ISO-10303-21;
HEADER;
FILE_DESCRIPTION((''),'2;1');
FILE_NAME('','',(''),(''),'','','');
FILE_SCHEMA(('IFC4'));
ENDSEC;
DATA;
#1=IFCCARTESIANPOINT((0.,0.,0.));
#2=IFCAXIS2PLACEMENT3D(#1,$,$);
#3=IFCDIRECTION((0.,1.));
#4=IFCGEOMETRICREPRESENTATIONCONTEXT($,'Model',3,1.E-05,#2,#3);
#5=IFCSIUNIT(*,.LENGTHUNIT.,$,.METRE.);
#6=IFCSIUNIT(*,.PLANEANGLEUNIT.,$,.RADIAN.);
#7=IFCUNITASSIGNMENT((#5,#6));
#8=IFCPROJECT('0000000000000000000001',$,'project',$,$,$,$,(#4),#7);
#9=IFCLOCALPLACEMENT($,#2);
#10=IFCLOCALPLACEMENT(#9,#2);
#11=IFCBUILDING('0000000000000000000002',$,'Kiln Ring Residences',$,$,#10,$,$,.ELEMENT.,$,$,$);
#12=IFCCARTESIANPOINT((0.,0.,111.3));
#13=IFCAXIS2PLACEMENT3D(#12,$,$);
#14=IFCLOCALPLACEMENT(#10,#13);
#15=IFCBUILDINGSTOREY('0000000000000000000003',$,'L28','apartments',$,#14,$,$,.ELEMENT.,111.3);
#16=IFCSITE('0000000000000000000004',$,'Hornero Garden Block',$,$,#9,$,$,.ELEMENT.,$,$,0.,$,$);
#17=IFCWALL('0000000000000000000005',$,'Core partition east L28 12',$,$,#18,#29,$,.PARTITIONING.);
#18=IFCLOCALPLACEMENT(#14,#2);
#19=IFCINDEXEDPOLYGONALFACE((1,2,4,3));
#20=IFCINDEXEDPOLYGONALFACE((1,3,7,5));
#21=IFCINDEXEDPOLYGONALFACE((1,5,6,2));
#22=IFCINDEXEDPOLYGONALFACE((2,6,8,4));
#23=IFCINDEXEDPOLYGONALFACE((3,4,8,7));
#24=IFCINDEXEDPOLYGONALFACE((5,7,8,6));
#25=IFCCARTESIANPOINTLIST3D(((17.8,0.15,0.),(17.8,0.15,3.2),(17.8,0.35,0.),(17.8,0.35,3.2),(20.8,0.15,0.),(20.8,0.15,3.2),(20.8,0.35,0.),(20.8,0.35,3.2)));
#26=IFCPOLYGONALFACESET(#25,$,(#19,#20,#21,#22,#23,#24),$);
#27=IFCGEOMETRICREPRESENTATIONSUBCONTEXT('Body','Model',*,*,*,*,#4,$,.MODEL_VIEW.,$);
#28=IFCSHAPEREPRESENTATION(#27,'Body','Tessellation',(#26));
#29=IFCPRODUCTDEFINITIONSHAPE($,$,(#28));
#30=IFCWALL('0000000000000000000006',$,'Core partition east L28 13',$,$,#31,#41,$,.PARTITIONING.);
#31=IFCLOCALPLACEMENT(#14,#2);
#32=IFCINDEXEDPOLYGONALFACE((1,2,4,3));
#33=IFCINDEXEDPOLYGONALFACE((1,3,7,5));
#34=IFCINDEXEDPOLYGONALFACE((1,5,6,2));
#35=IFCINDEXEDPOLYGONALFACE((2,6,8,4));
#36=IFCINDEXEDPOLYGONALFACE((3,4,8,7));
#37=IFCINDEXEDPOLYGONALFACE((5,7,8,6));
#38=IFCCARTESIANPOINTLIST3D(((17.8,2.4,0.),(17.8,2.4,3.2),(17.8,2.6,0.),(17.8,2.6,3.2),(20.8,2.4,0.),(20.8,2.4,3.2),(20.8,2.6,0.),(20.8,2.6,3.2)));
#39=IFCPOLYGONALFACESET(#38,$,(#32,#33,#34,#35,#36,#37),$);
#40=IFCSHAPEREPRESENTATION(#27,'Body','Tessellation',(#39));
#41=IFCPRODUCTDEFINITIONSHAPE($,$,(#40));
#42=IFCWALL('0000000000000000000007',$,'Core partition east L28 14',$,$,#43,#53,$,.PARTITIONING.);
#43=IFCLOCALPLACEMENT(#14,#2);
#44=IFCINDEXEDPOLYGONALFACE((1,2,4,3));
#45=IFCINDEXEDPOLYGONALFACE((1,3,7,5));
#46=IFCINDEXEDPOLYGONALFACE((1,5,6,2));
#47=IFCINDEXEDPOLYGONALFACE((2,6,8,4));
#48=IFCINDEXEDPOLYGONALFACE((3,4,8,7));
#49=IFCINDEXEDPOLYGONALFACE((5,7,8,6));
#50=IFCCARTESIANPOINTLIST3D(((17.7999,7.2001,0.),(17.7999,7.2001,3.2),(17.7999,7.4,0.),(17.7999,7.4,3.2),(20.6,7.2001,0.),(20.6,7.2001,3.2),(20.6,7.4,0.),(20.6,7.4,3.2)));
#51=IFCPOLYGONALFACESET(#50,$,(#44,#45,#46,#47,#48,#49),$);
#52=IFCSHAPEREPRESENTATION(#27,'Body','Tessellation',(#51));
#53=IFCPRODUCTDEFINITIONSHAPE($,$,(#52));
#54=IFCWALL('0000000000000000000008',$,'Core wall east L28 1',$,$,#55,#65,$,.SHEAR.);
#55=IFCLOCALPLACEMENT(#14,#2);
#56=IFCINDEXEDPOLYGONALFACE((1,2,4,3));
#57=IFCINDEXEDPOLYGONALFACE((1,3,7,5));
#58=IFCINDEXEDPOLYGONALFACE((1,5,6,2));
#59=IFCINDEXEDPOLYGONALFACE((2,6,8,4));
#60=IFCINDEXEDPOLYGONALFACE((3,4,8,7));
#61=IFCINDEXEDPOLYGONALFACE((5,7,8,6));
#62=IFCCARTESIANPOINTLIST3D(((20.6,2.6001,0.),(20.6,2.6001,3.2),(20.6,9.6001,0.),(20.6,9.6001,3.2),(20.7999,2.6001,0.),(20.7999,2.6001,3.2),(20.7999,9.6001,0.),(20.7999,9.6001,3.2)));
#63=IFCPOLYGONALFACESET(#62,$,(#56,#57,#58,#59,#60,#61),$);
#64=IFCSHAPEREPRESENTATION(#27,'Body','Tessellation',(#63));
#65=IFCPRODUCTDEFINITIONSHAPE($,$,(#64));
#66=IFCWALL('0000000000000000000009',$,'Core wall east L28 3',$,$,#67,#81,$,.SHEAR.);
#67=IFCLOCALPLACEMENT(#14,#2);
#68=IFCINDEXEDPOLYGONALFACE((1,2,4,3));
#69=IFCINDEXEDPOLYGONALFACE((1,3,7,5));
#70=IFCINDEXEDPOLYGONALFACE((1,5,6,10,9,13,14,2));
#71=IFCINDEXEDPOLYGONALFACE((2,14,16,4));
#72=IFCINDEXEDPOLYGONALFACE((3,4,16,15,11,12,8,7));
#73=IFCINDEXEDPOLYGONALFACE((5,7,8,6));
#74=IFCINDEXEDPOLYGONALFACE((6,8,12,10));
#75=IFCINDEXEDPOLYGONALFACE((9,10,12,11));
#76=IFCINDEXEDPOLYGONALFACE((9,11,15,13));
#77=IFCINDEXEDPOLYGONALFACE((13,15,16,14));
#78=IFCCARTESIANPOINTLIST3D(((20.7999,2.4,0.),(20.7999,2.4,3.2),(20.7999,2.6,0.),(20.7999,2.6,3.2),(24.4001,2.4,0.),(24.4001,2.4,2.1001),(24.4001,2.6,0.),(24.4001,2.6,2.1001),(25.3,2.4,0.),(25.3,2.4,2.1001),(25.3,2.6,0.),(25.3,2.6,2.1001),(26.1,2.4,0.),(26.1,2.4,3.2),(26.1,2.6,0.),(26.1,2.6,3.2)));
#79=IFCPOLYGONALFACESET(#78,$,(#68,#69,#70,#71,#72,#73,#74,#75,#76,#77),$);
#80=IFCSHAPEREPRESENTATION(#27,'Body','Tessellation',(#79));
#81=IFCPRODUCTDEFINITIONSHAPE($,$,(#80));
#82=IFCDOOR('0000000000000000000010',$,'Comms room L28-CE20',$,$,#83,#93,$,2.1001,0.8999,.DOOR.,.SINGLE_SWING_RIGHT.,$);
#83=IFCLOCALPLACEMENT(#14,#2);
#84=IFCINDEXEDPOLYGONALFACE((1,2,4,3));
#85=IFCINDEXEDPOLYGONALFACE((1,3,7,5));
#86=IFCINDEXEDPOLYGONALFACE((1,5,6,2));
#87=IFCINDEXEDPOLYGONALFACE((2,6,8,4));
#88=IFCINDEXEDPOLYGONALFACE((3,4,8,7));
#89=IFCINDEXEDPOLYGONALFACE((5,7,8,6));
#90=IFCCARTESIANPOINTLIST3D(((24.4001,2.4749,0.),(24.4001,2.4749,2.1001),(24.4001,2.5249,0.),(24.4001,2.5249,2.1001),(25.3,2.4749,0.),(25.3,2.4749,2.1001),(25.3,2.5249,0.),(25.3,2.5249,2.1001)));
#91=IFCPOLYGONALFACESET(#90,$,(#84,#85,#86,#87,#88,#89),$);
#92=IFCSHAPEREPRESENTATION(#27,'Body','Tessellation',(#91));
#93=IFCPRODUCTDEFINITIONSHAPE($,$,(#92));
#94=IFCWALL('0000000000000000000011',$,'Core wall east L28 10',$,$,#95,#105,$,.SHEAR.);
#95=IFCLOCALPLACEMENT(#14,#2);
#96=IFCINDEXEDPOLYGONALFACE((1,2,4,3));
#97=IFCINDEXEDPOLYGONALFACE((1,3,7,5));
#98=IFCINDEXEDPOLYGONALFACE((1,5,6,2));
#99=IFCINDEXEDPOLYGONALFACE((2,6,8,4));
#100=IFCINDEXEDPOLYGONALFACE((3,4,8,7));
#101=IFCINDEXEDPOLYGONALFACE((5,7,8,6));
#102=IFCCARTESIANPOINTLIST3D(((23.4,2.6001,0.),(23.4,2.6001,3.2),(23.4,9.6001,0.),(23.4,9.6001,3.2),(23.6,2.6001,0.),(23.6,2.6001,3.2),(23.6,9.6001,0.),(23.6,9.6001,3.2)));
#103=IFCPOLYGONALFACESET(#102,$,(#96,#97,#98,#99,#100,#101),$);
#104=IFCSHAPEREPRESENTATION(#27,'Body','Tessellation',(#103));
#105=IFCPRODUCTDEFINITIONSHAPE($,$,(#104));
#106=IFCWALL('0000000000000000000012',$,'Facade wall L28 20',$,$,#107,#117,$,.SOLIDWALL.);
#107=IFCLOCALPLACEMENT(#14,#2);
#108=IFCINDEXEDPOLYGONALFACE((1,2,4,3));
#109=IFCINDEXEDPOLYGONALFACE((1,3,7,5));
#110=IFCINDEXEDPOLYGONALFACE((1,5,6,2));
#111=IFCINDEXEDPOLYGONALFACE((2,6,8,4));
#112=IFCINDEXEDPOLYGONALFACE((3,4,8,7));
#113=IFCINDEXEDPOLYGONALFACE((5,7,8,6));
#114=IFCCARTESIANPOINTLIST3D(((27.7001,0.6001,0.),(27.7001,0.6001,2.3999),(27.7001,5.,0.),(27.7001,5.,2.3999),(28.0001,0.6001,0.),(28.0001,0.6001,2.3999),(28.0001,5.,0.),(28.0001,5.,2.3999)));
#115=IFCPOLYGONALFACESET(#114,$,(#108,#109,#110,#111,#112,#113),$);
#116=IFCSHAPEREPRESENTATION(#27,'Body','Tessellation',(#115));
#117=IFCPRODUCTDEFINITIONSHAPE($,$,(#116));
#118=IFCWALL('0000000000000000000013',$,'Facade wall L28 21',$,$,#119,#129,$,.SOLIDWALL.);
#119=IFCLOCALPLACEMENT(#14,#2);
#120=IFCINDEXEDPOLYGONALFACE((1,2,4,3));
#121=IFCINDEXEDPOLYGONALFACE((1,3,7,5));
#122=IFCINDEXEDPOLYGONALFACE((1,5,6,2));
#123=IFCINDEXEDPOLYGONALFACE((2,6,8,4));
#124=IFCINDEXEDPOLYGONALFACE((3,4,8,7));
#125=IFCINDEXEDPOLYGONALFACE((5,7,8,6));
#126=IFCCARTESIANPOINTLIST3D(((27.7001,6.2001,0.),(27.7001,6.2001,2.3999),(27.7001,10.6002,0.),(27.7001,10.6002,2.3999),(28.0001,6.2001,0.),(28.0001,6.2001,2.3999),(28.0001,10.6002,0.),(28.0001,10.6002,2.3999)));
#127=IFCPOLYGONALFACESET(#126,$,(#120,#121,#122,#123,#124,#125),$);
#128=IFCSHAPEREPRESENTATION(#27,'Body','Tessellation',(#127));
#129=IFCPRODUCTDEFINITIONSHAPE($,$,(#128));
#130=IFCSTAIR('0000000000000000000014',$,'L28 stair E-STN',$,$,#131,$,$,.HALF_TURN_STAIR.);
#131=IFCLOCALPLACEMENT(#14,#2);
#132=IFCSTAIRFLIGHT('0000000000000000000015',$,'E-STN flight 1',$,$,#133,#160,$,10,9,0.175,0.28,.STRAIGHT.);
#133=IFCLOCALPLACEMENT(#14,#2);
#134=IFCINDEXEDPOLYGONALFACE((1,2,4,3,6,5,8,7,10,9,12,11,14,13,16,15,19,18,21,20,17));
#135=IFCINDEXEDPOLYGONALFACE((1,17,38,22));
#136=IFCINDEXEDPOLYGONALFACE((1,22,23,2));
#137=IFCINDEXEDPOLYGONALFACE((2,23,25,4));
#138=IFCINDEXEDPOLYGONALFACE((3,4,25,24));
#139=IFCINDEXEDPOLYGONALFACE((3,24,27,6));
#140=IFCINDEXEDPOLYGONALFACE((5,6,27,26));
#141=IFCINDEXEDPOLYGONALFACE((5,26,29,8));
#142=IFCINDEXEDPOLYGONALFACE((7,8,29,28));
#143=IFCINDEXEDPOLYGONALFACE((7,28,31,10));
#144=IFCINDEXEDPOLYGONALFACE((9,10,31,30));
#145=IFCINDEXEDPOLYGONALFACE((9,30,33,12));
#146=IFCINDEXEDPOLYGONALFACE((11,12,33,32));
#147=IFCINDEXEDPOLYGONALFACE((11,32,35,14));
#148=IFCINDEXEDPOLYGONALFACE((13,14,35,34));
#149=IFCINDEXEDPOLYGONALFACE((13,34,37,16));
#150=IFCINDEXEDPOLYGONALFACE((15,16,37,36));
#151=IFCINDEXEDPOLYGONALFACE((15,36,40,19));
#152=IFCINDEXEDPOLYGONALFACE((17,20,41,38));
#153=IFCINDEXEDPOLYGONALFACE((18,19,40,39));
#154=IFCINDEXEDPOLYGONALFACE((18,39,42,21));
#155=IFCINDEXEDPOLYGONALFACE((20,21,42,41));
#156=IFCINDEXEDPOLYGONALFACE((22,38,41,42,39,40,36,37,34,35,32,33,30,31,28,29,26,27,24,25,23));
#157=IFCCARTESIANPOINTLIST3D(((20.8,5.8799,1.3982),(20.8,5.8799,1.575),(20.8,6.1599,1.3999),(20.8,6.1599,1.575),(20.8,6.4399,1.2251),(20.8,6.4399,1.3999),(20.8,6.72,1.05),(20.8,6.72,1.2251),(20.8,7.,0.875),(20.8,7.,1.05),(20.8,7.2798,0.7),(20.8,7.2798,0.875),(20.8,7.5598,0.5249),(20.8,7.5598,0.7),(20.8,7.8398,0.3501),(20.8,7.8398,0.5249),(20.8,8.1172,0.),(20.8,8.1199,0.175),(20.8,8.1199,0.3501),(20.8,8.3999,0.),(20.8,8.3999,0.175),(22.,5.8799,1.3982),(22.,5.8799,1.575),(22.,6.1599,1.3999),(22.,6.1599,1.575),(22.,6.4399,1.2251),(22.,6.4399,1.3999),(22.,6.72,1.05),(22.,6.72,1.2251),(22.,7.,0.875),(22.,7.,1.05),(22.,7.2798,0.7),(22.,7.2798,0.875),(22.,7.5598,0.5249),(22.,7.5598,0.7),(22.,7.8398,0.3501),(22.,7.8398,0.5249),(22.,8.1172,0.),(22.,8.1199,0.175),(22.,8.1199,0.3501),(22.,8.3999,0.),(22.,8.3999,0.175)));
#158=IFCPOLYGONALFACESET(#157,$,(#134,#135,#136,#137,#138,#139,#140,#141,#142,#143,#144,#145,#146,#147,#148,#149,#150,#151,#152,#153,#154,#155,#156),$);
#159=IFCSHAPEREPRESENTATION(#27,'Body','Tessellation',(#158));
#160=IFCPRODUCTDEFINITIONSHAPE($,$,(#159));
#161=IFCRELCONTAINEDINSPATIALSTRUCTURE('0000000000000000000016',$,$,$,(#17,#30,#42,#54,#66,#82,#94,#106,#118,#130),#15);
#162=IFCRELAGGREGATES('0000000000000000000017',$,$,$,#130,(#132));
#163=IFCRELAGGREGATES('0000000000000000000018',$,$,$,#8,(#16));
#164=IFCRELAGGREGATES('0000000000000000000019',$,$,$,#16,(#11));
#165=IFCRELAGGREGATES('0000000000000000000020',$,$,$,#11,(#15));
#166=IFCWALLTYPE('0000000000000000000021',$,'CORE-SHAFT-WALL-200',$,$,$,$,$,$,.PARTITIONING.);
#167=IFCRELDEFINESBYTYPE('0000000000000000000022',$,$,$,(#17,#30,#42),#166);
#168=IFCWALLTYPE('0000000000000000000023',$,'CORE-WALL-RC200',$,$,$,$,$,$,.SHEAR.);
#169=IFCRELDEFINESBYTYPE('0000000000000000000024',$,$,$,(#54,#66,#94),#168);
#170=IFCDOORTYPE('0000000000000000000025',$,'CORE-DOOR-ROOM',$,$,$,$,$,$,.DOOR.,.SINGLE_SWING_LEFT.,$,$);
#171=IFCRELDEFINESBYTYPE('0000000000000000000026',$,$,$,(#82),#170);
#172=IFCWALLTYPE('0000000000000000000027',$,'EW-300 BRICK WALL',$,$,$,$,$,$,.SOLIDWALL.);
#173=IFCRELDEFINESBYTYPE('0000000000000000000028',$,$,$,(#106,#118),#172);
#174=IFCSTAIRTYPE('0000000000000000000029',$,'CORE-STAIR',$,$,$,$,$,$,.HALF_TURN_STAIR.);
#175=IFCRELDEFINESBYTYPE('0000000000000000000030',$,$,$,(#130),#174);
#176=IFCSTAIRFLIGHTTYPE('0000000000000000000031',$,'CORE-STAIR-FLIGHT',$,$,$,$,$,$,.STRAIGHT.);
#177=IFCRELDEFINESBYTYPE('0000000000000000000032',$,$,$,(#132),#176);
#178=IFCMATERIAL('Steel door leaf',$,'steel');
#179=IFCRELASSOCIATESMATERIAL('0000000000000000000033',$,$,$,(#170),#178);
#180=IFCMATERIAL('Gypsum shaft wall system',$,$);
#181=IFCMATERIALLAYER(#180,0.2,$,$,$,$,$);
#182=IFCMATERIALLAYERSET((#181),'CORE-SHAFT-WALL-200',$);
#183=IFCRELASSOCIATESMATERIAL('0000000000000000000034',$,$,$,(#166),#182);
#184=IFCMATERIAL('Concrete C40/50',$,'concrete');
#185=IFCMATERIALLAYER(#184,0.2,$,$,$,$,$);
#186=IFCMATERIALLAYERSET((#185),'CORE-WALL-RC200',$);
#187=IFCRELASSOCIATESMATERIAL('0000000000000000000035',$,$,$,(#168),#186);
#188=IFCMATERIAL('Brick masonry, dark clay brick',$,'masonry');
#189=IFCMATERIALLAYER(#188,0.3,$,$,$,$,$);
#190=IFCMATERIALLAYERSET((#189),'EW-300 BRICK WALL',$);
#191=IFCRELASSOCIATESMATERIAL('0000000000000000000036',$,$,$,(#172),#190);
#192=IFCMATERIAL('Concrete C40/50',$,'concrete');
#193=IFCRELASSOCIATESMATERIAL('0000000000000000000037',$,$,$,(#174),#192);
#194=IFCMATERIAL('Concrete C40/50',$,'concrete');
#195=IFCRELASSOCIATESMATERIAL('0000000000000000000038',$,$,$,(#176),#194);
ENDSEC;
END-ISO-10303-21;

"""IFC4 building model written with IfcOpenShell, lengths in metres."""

from ifc_helpers import new_model, si_unit, direction, frame, frame_2d, origin, place, context, subcontext, project, spatial, polyline, rectangle, outline, extrude, material, layer, layer_set, type_object, element, fill, aggregate, save


model = new_model("IFC4")

# Units and contexts
model_context = context("Model", 3, precision=1e-05, world=origin(), true_north=direction((0.0, 1.0)))
body_context = subcontext(model_context, "Body", "Model", "MODEL_VIEW")
ifc_project = project(units=[si_unit("LENGTHUNIT", "METRE"), si_unit("PLANEANGLEUNIT", "RADIAN")], contexts=[model_context])

# Site, building, storey
site_placement = place(None, origin())
site = spatial("IfcSite", under=ifc_project, at=site_placement, Name="Hornero Garden Block", CompositionType="ELEMENT", RefElevation=0.0)
building_placement = place(site_placement, origin())
building = spatial("IfcBuilding", under=site, at=building_placement, Name="Kiln Ring Residences", CompositionType="ELEMENT")
storey_placement = place(building_placement, frame((0.0, 0.0, 111.3)))
storey = spatial("IfcBuildingStorey", under=building, at=storey_placement, Name="L28", Description="apartments", CompositionType="ELEMENT", Elevation=111.3)

# Shared definitions
ifc_material_1 = material(Name="Steel door leaf", Category="steel")
door_type = type_object("IfcDoorType", Name="CORE-DOOR-ROOM", OperationType="SINGLE_SWING_LEFT", PredefinedType="DOOR", material=ifc_material_1)

# Walls
ifc_material_2 = material(Name="Gypsum shaft wall system")
ifc_layer_1 = layer(ifc_material_2, 0.2)
ifc_layer_set_1 = layer_set([ifc_layer_1], Name="CORE-SHAFT-WALL-200")
wall_type_1 = type_object("IfcWallType", Name="CORE-SHAFT-WALL-200", PredefinedType="PARTITIONING", material=ifc_layer_set_1)
for number, where, z_axis, x_axis, name in (
    (1, (17.8, 0.25, 0.0), (0.0, 0.0, 1.0), (1.0, 0.0, 0.0), "Core partition east L28 12"),
    (2, (17.8, 2.5, 0.0), (0.0, 0.0, 1.0), (1.0, 0.0, 0.0), "Core partition east L28 13"),
):
    element("IfcWall", number, at=place(storey_placement, frame(where, z_axis=z_axis, x_axis=x_axis)), inside=storey, type_object=wall_type_1, Name=name, PredefinedType="PARTITIONING", context=body_context, shape_type="SweptSolid", body=[
        extrude(rectangle(XDim=3.0, YDim=0.2, at=frame_2d((1.5, 0.0))), origin(), (0.0, 0.0, 1.0), 3.2),
    ])
wall_1_placement = place(storey_placement, frame((17.8, 7.3, 0.0), z_axis=(0.0, 0.0, 1.0), x_axis=(1.0, 0.0, 0.0)))
element("IfcWall", 3, at=wall_1_placement, inside=storey, type_object=wall_type_1, Name="Core partition east L28 14", PredefinedType="PARTITIONING", context=body_context, shape_type="SweptSolid", body=[
    extrude(rectangle(XDim=2.8, YDim=0.2, at=frame_2d((1.3999, 0.0))), origin(), (0.0, 0.0, 1.0), 3.2),
])
ifc_material_3 = material(Name="Concrete C40/50", Category="concrete")
ifc_layer_2 = layer(ifc_material_3, 0.2)
ifc_layer_set_2 = layer_set([ifc_layer_2], Name="CORE-WALL-RC200")
wall_type_2 = type_object("IfcWallType", Name="CORE-WALL-RC200", PredefinedType="SHEAR", material=ifc_layer_set_2)
wall_2_placement = place(storey_placement, frame((20.7, 2.6001, 0.0), z_axis=(0.0, 0.0, 1.0), x_axis=(0.0, 1.0, 0.0)))
element("IfcWall", 4, at=wall_2_placement, inside=storey, type_object=wall_type_2, Name="Core wall east L28 1", PredefinedType="SHEAR", context=body_context, shape_type="SweptSolid", body=[
    extrude(rectangle(XDim=7.0, YDim=0.2, at=frame_2d((3.5, 0.0))), origin(), (0.0, 0.0, 1.0), 3.2),
])

# Wall, opening, door
wall_3_placement = place(storey_placement, frame((20.8, 2.5, 0.0), z_axis=(0.0, 0.0, 1.0), x_axis=(1.0, 0.0, 0.0)))
wall_3 = element("IfcWall", 5, at=wall_3_placement, inside=storey, type_object=wall_type_2, Name="Core wall east L28 3", PredefinedType="SHEAR", context=body_context, shape_type="SweptSolid", body=[
    extrude(rectangle(XDim=5.3, YDim=0.2, at=frame_2d((2.6499, 0.0))), origin(), (0.0, 0.0, 1.0), 3.2),
])
opening_1_placement = place(wall_3_placement, frame((3.6001, 0.0, 0.0)))
opening_1 = element("IfcOpeningElement", 6, at=opening_1_placement, cuts=wall_3, PredefinedType="OPENING", context=body_context, shape_type="SweptSolid", body=[
    extrude(rectangle(XDim=0.8999, YDim=2.1001, at=frame_2d((0.45, 1.05))), frame((0.0, 0.1099, 0.0), z_axis=(0.0, -1.0, 0.0), x_axis=(1.0, 0.0, 0.0)), (0.0, 0.0, 1.0), 0.22),
])
door_1_placement = place(opening_1_placement, origin())
door_1 = element("IfcDoor", 7, at=door_1_placement, inside=storey, type_object=door_type, Name="Comms room L28-CE20", OperationType="SINGLE_SWING_RIGHT", OverallHeight=2.1001, OverallWidth=0.8999, PredefinedType="DOOR", context=body_context, shape_type="SweptSolid", body=[
    extrude(rectangle(XDim=0.8999, YDim=2.1001, at=frame_2d((0.45, 1.05))), frame((0.0, 0.0249, 0.0), z_axis=(0.0, -1.0, 0.0), x_axis=(1.0, 0.0, 0.0)), (0.0, 0.0, 1.0), 0.05),
])
fill(opening_1, door_1)

# Walls
wall_4_placement = place(storey_placement, frame((23.5, 2.6001, 0.0), z_axis=(0.0, 0.0, 1.0), x_axis=(0.0, 1.0, 0.0)))
element("IfcWall", 8, at=wall_4_placement, inside=storey, type_object=wall_type_2, Name="Core wall east L28 10", PredefinedType="SHEAR", context=body_context, shape_type="SweptSolid", body=[
    extrude(rectangle(XDim=7.0, YDim=0.2, at=frame_2d((3.5, 0.0))), origin(), (0.0, 0.0, 1.0), 3.2),
])
ifc_material_4 = material(Name="Brick masonry, dark clay brick", Category="masonry")
ifc_layer_3 = layer(ifc_material_4, 0.3)
ifc_layer_set_3 = layer_set([ifc_layer_3], Name="EW-300 BRICK WALL")
wall_type_3 = type_object("IfcWallType", Name="EW-300 BRICK WALL", PredefinedType="SOLIDWALL", material=ifc_layer_set_3)
wall_5_placement = place(storey_placement, frame((27.8501, 0.6001, 0.0), z_axis=(0.0, 0.0, 1.0), x_axis=(0.0, 1.0, 0.0)))
element("IfcWall", 9, at=wall_5_placement, inside=storey, type_object=wall_type_3, Name="Facade wall L28 20", PredefinedType="SOLIDWALL", context=body_context, shape_type="SweptSolid", body=[
    extrude(rectangle(XDim=4.3999, YDim=0.3, at=frame_2d((2.2, 0.0))), origin(), (0.0, 0.0, 1.0), 2.3999),
])
wall_6_placement = place(storey_placement, frame((27.8501, 6.2, 0.0), z_axis=(0.0, 0.0, 1.0), x_axis=(0.0, 1.0, 0.0)))
element("IfcWall", 10, at=wall_6_placement, inside=storey, type_object=wall_type_3, Name="Facade wall L28 21", PredefinedType="SOLIDWALL", context=body_context, shape_type="SweptSolid", body=[
    extrude(rectangle(XDim=4.4001, YDim=0.3, at=frame_2d((2.2002, 0.0))), origin(), (0.0, 0.0, 1.0), 2.3999),
])

# Stair, stair flight
ifc_material_5 = material(Name="Concrete C40/50", Category="concrete")
stair_type = type_object("IfcStairType", Name="CORE-STAIR", PredefinedType="HALF_TURN_STAIR", material=ifc_material_5)
stair_placement = place(storey_placement, origin())
stair = element("IfcStair", 11, at=stair_placement, inside=storey, type_object=stair_type, Name="L28 stair E-STN", PredefinedType="HALF_TURN_STAIR")
ifc_material_6 = material(Name="Concrete C40/50", Category="concrete")
stair_flight_type = type_object("IfcStairFlightType", Name="CORE-STAIR-FLIGHT", PredefinedType="STRAIGHT", material=ifc_material_6)
stair_flight_1_placement = place(storey_placement, frame((21.3999, 8.3999, 0.0), z_axis=(0.0, 0.0, 1.0), x_axis=(0.0, -1.0, 0.0)))
stair_flight_1 = element("IfcStairFlight", 12, at=stair_flight_1_placement, type_object=stair_flight_type, Name="E-STN flight 1", NumberOfRisers=10, NumberOfTreads=9, PredefinedType="STRAIGHT", RiserHeight=0.175, TreadLength=0.28, context=body_context, shape_type="SweptSolid", body=[
    extrude(outline(polyline([(0.0, 0.0), (0.0, 0.175), (0.28, 0.175), (0.28, 0.3501), (0.5601, 0.3501), (0.5601, 0.5249), (0.8401, 0.5249), (0.8401, 0.7), (1.1201, 0.7), (1.1201, 0.875), (1.3999, 0.875), (1.3999, 1.05), (1.6799, 1.05), (1.6799, 1.2251), (1.96, 1.2251), (1.96, 1.3999), (2.24, 1.3999), (2.24, 1.575), (2.52, 1.575), (2.52, 1.75), (2.52, 1.3982), (0.2827, 0.0), (0.0, 0.0)])), frame((0.0, 0.6001, 0.0), z_axis=(0.0, -1.0, 0.0), x_axis=(1.0, 0.0, 0.0)), (0.0, 0.0, 1.0), 1.2),
])
aggregate(stair, [stair_flight_1])

save(model, "model.ifc")
